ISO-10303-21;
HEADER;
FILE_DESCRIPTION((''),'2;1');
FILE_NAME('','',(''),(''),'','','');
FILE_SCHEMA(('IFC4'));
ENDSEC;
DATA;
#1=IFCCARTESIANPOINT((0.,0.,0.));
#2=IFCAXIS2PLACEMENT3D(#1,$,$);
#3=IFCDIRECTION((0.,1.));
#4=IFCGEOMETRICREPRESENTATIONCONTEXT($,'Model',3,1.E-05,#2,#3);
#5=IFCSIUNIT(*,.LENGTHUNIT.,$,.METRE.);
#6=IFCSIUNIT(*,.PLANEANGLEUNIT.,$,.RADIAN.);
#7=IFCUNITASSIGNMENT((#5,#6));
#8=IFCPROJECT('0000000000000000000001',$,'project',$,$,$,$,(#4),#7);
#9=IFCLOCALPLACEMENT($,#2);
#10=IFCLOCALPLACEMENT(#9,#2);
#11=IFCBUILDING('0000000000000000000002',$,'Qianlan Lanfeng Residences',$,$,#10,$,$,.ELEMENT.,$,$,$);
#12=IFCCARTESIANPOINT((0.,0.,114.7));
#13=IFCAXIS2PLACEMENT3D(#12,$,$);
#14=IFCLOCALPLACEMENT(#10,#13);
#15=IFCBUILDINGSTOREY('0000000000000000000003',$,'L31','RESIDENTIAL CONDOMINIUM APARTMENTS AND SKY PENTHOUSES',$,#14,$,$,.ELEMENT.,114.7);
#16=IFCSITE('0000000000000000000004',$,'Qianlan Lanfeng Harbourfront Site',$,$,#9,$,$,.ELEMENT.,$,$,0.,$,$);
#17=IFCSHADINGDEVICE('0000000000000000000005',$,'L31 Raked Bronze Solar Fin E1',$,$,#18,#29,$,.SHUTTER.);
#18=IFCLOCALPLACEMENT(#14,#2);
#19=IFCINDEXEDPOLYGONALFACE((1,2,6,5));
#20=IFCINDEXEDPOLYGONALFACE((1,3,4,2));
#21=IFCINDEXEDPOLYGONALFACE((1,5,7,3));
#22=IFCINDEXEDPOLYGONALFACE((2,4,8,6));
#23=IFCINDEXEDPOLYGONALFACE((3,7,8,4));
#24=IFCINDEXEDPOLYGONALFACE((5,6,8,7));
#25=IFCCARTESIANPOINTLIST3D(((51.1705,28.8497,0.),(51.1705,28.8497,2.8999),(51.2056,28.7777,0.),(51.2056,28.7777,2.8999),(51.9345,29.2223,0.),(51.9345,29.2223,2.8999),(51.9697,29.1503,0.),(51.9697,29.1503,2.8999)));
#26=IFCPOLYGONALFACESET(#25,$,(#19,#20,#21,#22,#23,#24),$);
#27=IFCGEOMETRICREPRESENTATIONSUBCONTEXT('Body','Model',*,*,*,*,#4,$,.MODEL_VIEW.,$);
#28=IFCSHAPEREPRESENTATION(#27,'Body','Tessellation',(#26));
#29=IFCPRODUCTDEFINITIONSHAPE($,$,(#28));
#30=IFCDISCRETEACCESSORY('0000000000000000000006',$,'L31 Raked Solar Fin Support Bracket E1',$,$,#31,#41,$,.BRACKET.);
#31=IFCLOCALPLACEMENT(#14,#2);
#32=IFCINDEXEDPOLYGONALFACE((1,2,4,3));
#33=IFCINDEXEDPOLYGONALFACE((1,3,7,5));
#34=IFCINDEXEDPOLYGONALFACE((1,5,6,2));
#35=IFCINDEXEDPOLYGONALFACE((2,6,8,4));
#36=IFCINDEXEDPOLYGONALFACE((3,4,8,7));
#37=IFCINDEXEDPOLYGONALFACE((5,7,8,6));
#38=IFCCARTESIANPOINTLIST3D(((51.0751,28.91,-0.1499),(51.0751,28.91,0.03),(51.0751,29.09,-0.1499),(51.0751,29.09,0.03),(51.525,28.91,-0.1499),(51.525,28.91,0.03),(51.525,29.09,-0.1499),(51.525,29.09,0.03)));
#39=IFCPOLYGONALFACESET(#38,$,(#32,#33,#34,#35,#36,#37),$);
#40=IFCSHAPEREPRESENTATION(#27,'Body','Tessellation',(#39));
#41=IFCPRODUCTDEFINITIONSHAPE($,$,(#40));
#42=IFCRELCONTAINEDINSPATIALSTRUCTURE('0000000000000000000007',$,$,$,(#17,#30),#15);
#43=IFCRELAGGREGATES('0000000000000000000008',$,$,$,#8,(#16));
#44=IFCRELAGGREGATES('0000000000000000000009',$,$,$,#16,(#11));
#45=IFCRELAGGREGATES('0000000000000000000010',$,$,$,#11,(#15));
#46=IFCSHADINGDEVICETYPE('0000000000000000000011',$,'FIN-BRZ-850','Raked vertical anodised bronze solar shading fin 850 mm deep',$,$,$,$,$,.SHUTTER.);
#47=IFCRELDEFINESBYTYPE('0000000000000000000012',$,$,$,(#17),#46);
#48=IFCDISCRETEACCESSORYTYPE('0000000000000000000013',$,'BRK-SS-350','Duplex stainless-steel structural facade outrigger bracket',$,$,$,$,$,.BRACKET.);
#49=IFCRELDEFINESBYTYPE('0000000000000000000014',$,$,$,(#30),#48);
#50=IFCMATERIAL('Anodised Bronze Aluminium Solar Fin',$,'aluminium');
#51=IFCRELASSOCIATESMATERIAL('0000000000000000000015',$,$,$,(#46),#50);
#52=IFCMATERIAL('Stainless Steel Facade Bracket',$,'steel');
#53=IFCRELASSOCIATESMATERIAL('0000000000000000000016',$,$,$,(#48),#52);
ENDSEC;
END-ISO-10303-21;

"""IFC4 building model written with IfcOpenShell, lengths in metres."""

from ifc_helpers import new_model, si_unit, direction, frame, origin, origin_2d, place, context, subcontext, project, spatial, rectangle, extrude, source, transform, mapped, material, type_object, element, save


model = new_model("IFC4")

# Units and contexts
model_context = context("Model", 3, precision=1e-05, world=origin(), true_north=direction((0.0, 1.0)))
body_context = subcontext(model_context, "Body", "Model", "MODEL_VIEW")
ifc_project = project(units=[si_unit("LENGTHUNIT", "METRE"), si_unit("PLANEANGLEUNIT", "RADIAN")], contexts=[model_context])

# Site, building, storey
site_placement = place(None, origin())
site = spatial("IfcSite", under=ifc_project, at=site_placement, Name="Qianlan Lanfeng Harbourfront Site", CompositionType="ELEMENT", RefElevation=0.0)
building_placement = place(site_placement, origin())
building = spatial("IfcBuilding", under=site, at=building_placement, Name="Qianlan Lanfeng Residences", CompositionType="ELEMENT")
storey_placement = place(building_placement, frame((0.0, 0.0, 114.7)))
storey = spatial("IfcBuildingStorey", under=building, at=storey_placement, Name="L31", Description="RESIDENTIAL CONDOMINIUM APARTMENTS AND SKY PENTHOUSES", CompositionType="ELEMENT", Elevation=114.7)

# Shading device
ifc_material_1 = material(Name="Anodised Bronze Aluminium Solar Fin", Category="aluminium")
shading_device_type = type_object("IfcShadingDeviceType", Name="FIN-BRZ-850", Description="Raked vertical anodised bronze solar shading fin 850 mm deep", PredefinedType="SHUTTER", material=ifc_material_1)
shared_shape_1 = source(origin(), body_context, "Body", "SweptSolid", [
    extrude(rectangle(XDim=0.8501, YDim=0.0801, at=origin_2d()), origin(), (0.0, 0.0, 1.0), 2.8999),
])
shading_device_placement = place(storey_placement, frame((51.5701, 29.0, 0.0), z_axis=(0.0, 0.0, 1.0), x_axis=(0.898794, 0.438371, 0.0)))
element("IfcShadingDevice", 1, at=shading_device_placement, inside=storey, type_object=shading_device_type, Name="L31 Raked Bronze Solar Fin E1", PredefinedType="SHUTTER", context=body_context, shape_type="MappedRepresentation", body=[
    mapped(shared_shape_1, transform((0.0, 0.0, 0.0), scale=1.0)),
])

# Discrete accessory
ifc_material_2 = material(Name="Stainless Steel Facade Bracket", Category="steel")
discrete_accessory_type = type_object("IfcDiscreteAccessoryType", Name="BRK-SS-350", Description="Duplex stainless-steel structural facade outrigger bracket", PredefinedType="BRACKET", material=ifc_material_2)
shared_shape_2 = source(origin(), body_context, "Body", "SweptSolid", [
    extrude(rectangle(XDim=0.45, YDim=0.1799, at=origin_2d()), origin(), (0.0, 0.0, 1.0), 0.1799),
])
discrete_accessory_placement = place(storey_placement, frame((51.3, 29.0, -0.1499), z_axis=(0.0, 0.0, 1.0), x_axis=(1.0, 0.0, 0.0)))
element("IfcDiscreteAccessory", 2, at=discrete_accessory_placement, inside=storey, type_object=discrete_accessory_type, Name="L31 Raked Solar Fin Support Bracket E1", PredefinedType="BRACKET", context=body_context, shape_type="MappedRepresentation", body=[
    mapped(shared_shape_2, transform((0.0, 0.0, 0.0), scale=1.0)),
])

save(model, "model.ifc")
